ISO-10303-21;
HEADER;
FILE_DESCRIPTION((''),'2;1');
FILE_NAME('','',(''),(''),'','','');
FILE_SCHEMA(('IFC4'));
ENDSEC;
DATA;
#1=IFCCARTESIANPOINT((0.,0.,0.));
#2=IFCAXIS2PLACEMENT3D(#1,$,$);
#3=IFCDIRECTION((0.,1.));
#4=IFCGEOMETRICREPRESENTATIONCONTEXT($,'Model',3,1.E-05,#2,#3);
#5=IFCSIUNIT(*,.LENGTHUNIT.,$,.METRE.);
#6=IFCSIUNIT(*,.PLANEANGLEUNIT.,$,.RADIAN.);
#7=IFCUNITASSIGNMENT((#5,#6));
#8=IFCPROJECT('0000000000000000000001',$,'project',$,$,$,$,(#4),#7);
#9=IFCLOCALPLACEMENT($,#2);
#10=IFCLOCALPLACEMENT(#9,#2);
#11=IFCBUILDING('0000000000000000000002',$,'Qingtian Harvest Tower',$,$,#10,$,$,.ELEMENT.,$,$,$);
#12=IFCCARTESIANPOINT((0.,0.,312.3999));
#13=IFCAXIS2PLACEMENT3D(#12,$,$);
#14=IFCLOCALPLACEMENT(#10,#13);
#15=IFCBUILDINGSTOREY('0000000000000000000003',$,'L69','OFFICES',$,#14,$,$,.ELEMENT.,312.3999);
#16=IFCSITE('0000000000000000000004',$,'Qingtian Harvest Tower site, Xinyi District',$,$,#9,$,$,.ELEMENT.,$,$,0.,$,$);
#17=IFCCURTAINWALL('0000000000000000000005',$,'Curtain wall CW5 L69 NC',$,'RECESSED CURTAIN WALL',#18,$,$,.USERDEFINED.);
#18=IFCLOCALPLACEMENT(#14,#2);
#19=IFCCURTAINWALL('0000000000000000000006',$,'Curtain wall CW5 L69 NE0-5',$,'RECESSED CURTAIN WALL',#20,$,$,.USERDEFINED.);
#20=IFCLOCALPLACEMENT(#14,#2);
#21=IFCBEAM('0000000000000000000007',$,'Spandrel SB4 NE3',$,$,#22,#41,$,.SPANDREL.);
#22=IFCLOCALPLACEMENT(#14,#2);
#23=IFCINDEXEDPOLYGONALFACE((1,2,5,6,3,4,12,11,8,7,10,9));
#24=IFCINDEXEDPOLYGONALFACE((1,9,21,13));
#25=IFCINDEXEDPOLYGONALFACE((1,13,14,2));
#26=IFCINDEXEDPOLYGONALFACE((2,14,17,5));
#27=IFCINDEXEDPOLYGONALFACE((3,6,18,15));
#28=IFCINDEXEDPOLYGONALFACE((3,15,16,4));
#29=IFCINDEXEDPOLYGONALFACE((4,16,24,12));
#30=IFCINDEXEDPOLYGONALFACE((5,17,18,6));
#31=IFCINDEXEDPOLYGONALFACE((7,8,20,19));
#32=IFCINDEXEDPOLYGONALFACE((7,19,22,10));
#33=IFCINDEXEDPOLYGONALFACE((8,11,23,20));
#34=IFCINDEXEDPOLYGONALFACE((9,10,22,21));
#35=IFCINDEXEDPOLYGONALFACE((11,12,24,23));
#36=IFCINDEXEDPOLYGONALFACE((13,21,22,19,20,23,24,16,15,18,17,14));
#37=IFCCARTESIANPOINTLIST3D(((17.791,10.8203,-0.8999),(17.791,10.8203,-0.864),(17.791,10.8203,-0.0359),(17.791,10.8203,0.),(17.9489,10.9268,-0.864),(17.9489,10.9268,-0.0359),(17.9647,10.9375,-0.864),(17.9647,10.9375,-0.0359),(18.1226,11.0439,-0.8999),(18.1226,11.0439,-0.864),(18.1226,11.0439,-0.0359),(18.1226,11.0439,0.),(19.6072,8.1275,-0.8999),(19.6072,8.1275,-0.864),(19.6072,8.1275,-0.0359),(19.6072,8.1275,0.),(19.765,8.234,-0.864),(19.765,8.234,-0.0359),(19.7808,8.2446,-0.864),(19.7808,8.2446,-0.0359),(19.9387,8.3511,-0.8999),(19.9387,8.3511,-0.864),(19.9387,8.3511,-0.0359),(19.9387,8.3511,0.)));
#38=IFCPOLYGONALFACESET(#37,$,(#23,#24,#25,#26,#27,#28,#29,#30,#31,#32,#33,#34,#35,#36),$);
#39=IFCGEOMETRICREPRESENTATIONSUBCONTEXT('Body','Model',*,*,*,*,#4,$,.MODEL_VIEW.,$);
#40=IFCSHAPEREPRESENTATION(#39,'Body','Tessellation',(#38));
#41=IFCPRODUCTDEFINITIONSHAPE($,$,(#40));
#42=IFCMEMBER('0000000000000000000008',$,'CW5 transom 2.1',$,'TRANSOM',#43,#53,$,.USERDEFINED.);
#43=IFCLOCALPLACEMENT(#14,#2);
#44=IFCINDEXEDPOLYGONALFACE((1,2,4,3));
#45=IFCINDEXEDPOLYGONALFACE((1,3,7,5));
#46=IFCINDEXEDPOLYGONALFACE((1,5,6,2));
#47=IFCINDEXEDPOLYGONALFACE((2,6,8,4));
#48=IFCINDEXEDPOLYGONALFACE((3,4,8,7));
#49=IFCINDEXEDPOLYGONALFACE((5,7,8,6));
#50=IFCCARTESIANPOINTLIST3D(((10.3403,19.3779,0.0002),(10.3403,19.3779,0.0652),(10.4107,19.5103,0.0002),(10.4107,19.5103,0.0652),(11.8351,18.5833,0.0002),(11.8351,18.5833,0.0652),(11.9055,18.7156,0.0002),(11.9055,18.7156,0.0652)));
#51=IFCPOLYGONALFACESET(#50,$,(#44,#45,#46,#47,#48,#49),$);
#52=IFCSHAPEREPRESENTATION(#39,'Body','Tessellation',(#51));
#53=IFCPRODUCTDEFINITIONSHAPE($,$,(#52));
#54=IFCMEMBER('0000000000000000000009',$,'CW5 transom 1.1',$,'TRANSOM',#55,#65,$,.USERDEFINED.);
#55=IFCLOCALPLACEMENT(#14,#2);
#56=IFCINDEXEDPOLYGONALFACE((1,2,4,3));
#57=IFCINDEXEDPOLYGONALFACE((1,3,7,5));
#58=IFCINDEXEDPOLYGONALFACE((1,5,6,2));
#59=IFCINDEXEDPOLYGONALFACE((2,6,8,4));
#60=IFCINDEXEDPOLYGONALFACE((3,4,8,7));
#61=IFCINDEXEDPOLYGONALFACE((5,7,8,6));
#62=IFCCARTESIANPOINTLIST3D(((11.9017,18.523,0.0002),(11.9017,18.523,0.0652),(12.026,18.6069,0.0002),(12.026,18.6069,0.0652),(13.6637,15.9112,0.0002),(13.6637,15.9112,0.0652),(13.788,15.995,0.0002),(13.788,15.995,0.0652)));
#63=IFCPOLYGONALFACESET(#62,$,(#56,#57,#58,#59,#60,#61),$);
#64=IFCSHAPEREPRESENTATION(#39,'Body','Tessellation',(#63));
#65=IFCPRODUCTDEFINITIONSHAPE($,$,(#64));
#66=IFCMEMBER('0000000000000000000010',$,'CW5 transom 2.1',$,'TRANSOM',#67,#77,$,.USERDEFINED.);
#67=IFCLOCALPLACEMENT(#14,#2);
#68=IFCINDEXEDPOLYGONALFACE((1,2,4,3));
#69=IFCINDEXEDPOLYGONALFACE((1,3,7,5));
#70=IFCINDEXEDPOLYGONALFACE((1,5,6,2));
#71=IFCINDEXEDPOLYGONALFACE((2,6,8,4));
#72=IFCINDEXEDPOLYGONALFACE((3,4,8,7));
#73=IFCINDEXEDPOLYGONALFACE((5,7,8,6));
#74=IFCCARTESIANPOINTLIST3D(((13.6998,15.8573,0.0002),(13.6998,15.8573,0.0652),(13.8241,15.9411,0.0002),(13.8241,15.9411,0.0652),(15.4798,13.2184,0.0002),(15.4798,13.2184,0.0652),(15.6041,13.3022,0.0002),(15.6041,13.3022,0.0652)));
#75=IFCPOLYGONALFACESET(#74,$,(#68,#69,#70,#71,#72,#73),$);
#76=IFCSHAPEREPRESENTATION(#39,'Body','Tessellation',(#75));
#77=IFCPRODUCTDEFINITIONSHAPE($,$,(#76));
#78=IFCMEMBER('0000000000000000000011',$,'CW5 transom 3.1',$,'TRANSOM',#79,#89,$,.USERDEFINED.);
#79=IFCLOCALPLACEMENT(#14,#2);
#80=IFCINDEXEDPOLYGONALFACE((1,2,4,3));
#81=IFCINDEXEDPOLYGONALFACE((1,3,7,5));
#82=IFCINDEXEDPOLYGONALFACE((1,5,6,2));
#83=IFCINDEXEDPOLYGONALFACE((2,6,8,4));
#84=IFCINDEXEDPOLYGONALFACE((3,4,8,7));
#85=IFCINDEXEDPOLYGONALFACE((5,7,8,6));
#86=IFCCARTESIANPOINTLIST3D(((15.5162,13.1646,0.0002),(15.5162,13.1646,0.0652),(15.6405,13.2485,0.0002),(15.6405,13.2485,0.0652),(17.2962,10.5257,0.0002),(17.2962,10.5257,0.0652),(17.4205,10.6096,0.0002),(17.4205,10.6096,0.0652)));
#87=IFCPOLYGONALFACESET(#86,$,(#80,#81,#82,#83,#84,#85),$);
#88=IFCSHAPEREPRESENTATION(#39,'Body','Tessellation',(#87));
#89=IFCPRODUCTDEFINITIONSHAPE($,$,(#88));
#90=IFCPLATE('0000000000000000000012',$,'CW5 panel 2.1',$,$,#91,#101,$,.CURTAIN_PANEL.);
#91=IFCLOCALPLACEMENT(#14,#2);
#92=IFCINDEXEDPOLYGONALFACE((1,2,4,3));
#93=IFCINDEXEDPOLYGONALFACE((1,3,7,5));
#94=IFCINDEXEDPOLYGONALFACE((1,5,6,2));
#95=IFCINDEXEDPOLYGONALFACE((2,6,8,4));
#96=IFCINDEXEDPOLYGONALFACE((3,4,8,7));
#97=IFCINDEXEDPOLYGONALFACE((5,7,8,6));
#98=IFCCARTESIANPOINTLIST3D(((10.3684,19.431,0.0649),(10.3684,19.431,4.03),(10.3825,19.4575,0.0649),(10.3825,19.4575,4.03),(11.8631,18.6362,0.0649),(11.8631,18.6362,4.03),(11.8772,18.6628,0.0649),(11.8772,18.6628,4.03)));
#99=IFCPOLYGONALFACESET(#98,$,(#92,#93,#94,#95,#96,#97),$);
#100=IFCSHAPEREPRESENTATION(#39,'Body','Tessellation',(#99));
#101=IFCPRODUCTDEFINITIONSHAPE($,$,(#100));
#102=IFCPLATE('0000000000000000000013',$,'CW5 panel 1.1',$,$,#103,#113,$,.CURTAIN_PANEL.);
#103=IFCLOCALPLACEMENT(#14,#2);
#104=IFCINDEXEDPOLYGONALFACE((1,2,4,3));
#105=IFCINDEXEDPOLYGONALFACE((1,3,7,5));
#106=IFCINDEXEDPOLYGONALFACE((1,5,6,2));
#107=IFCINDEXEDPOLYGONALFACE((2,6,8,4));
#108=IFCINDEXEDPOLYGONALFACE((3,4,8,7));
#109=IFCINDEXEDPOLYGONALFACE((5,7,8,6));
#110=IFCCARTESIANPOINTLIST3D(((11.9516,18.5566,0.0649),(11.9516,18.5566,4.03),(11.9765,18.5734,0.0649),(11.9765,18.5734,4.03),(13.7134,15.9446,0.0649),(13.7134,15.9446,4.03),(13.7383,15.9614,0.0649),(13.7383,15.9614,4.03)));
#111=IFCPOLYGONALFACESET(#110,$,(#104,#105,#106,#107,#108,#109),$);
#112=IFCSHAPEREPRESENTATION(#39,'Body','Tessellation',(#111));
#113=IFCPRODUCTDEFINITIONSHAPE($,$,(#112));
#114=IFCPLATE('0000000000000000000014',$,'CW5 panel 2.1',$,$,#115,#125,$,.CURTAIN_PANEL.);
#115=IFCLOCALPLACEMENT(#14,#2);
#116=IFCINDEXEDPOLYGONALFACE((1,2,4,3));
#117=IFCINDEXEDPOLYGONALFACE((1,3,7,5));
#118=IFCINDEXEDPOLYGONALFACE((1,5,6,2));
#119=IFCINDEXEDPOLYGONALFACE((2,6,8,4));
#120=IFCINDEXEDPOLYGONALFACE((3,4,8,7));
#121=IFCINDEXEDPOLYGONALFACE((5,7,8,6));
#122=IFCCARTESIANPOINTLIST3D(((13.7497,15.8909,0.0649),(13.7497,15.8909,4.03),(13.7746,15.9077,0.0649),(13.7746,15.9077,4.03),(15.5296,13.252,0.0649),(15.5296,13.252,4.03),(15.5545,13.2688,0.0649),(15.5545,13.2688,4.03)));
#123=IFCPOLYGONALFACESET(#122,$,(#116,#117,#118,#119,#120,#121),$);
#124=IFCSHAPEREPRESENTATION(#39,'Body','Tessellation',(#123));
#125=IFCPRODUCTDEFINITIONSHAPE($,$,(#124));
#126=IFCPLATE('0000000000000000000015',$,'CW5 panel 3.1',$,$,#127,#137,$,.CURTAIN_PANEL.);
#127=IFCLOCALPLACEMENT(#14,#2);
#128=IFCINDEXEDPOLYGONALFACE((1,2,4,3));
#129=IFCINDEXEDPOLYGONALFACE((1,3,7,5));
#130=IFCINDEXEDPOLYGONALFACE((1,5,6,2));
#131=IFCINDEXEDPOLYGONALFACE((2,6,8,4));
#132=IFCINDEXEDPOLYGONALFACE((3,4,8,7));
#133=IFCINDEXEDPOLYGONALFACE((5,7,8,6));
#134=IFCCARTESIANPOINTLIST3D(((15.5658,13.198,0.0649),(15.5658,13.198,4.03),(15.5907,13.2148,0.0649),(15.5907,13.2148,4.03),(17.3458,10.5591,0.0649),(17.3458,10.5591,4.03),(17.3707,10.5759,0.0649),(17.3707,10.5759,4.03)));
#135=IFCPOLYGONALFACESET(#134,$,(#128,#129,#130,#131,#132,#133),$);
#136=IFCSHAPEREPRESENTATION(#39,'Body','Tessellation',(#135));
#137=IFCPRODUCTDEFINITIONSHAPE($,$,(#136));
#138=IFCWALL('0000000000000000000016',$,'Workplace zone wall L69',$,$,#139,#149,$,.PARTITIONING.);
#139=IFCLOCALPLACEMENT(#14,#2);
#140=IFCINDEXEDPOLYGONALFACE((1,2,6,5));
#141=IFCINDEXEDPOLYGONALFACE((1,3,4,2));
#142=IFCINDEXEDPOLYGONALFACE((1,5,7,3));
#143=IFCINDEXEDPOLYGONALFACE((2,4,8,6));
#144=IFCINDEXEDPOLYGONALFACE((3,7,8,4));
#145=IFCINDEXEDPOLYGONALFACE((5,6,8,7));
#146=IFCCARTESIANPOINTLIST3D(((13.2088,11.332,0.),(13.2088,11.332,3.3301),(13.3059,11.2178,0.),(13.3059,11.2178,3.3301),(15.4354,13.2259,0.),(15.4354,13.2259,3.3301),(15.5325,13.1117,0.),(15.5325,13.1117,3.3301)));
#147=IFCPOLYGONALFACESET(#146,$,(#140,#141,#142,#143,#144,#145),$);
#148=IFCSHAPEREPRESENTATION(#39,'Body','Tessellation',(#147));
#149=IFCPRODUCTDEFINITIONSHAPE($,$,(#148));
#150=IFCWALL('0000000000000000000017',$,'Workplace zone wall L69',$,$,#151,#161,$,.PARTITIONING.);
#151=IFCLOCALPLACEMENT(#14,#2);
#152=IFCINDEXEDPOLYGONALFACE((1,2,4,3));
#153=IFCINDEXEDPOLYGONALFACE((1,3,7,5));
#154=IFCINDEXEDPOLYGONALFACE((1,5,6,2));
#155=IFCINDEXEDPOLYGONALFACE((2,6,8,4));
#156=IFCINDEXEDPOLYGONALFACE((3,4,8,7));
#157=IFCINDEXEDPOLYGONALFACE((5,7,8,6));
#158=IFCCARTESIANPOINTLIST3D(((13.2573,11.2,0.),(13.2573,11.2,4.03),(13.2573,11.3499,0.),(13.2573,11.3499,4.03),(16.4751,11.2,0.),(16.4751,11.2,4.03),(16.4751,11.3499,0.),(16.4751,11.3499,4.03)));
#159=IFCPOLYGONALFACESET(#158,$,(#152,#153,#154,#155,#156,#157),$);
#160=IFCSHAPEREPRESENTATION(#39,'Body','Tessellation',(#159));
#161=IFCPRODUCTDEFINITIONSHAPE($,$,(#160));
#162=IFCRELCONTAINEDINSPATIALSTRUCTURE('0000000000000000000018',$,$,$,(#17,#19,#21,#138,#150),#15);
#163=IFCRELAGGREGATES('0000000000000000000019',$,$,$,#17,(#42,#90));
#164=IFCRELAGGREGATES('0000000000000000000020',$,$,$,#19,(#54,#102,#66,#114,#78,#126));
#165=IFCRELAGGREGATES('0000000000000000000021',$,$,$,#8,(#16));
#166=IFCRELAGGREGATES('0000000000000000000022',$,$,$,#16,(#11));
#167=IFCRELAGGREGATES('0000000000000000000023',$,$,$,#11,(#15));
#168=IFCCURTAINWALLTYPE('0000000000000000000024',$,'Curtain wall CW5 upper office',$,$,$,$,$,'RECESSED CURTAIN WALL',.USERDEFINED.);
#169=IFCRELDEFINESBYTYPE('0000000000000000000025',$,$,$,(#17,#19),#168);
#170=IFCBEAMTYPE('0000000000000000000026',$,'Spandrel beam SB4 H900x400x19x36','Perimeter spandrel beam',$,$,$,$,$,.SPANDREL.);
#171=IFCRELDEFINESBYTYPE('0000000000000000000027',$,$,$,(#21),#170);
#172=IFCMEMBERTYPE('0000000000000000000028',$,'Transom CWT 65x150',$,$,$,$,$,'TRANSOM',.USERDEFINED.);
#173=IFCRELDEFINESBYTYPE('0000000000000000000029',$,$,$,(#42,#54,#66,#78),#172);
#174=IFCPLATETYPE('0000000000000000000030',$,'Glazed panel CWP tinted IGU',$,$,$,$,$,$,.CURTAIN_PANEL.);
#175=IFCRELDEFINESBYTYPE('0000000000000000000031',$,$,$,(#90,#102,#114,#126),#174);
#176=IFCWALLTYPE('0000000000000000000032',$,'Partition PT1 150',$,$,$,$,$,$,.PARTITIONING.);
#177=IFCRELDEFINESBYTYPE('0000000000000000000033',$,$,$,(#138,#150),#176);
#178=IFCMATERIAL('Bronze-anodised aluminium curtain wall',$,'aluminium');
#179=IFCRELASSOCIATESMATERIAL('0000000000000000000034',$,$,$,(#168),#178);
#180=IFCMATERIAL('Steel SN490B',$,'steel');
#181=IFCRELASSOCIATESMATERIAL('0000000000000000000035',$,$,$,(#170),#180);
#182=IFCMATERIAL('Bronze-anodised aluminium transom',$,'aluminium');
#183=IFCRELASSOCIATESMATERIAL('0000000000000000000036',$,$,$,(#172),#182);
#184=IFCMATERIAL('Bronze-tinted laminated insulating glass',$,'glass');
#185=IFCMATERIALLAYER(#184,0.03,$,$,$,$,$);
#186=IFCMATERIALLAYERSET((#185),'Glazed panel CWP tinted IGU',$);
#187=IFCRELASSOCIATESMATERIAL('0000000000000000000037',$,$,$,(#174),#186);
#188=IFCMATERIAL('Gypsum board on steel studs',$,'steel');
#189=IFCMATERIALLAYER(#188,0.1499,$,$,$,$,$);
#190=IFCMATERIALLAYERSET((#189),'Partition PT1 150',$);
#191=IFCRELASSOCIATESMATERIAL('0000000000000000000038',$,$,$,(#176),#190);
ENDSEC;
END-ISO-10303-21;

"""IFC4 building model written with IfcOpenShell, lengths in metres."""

from ifc_helpers import new_model, si_unit, direction, frame, frame_2d, origin, origin_2d, place, context, subcontext, project, spatial, rectangle, i_section, extrude, material, layer, layer_set, material_profile, profile_set, type_object, element, aggregate, save


model = new_model("IFC4")

# Units and contexts
model_context = context("Model", 3, precision=1e-05, world=origin(), true_north=direction((0.0, 1.0)))
body_context = subcontext(model_context, "Body", "Model", "MODEL_VIEW")
ifc_project = project(units=[si_unit("LENGTHUNIT", "METRE"), si_unit("PLANEANGLEUNIT", "RADIAN")], contexts=[model_context])

# Site, building, storey
site_placement = place(None, origin())
site = spatial("IfcSite", under=ifc_project, at=site_placement, Name="Qingtian Harvest Tower site, Xinyi District", CompositionType="ELEMENT", RefElevation=0.0)
building_placement = place(site_placement, origin())
building = spatial("IfcBuilding", under=site, at=building_placement, Name="Qingtian Harvest Tower", CompositionType="ELEMENT")
storey_placement = place(building_placement, frame((0.0, 0.0, 312.3999)))
storey = spatial("IfcBuildingStorey", under=building, at=storey_placement, Name="L69", Description="OFFICES", CompositionType="ELEMENT", Elevation=312.3999)

# Curtain walls
ifc_material_1 = material(Name="Bronze-anodised aluminium curtain wall", Category="aluminium")
curtain_wall_type = type_object("IfcCurtainWallType", Name="Curtain wall CW5 upper office", ElementType="RECESSED CURTAIN WALL", PredefinedType="USERDEFINED", material=ifc_material_1)
curtain_wall_1_placement = place(storey_placement, origin())
curtain_wall_1 = element("IfcCurtainWall", 1, at=curtain_wall_1_placement, inside=storey, type_object=curtain_wall_type, Name="Curtain wall CW5 L69 NC", ObjectType="RECESSED CURTAIN WALL", PredefinedType="USERDEFINED")
curtain_wall_2_placement = place(storey_placement, origin())
curtain_wall_2 = element("IfcCurtainWall", 2, at=curtain_wall_2_placement, inside=storey, type_object=curtain_wall_type, Name="Curtain wall CW5 L69 NE0-5", ObjectType="RECESSED CURTAIN WALL", PredefinedType="USERDEFINED")

# Beam
ifc_material_2 = material(Name="Steel SN490B", Category="steel")
ifc_material_profile_1 = material_profile(ifc_material_2, i_section(OverallWidth=0.3999, OverallDepth=0.8999, WebThickness=0.019, FlangeThickness=0.0359, at=origin_2d()), Name="H900x400x19x36")
ifc_profile_set_1 = profile_set([ifc_material_profile_1], Name="Steel SN490B")
beam_type_1 = type_object("IfcBeamType", Name="Spandrel beam SB4 H900x400x19x36", Description="Perimeter spandrel beam", PredefinedType="SPANDREL", material=ifc_profile_set_1)
beam_1_placement = place(storey_placement, frame((17.9568, 10.9321, -0.45), z_axis=(0.55915, -0.829066, 0.0), x_axis=(0.829066, 0.55915, 0.0)))
element("IfcBeam", 3, at=beam_1_placement, inside=storey, type_object=beam_type_1, Name="Spandrel SB4 NE3", PredefinedType="SPANDREL", context=body_context, shape_type="SweptSolid", body=[
    extrude(i_section(OverallWidth=0.3999, OverallDepth=0.8999, WebThickness=0.019, FlangeThickness=0.0359, at=origin_2d()), origin(), (0.0, 0.0, 1.0), 3.248),
])

# Members
ifc_material_3 = material(Name="Bronze-anodised aluminium transom", Category="aluminium")
ifc_material_profile_2 = material_profile(ifc_material_3, rectangle(XDim=0.1499, YDim=0.0649, at=origin_2d()), Name="AL 65x150")
ifc_profile_set_2 = profile_set([ifc_material_profile_2], Name="Bronze-anodised aluminium transom")
member_type_1 = type_object("IfcMemberType", Name="Transom CWT 65x150", ElementType="TRANSOM", PredefinedType="USERDEFINED", material=ifc_profile_set_2)
member_1_placement = place(storey_placement, frame((10.3755, 19.4441, 0.0327), z_axis=(0.882987, -0.469398, 0.0), x_axis=(0.469398, 0.882987, 0.0)))
member_1 = element("IfcMember", 4, at=member_1_placement, type_object=member_type_1, Name="CW5 transom 2.1", ObjectType="TRANSOM", PredefinedType="USERDEFINED", context=body_context, shape_type="SweptSolid", body=[
    extrude(rectangle(XDim=0.1499, YDim=0.0649, at=origin_2d()), origin(), (0.0, 0.0, 1.0), 1.6929),
])
member_2_placement = place(storey_placement, frame((11.9639, 18.5649, 0.0327), z_axis=(0.559252, -0.828998, 0.0), x_axis=(0.828998, 0.559252, 0.0)))
member_2 = element("IfcMember", 5, at=member_2_placement, type_object=member_type_1, Name="CW5 transom 1.1", ObjectType="TRANSOM", PredefinedType="USERDEFINED", context=body_context, shape_type="SweptSolid", body=[
    extrude(rectangle(XDim=0.1499, YDim=0.0649, at=origin_2d()), origin(), (0.0, 0.0, 1.0), 3.1506),
])
member_3_placement = place(storey_placement, frame((13.762, 15.8992, 0.0327), z_axis=(0.559205, -0.829029, 0.0), x_axis=(0.829029, 0.559205, 0.0)))
member_3 = element("IfcMember", 6, at=member_3_placement, type_object=member_type_1, Name="CW5 transom 2.1", ObjectType="TRANSOM", PredefinedType="USERDEFINED", context=body_context, shape_type="SweptSolid", body=[
    extrude(rectangle(XDim=0.1499, YDim=0.0649, at=origin_2d()), origin(), (0.0, 0.0, 1.0), 3.1831),
])
member_4_placement = place(storey_placement, frame((15.5784, 13.2065, 0.0327), z_axis=(0.559205, -0.829029, 0.0), x_axis=(0.829029, 0.559205, 0.0)))
member_4 = element("IfcMember", 7, at=member_4_placement, type_object=member_type_1, Name="CW5 transom 3.1", ObjectType="TRANSOM", PredefinedType="USERDEFINED", context=body_context, shape_type="SweptSolid", body=[
    extrude(rectangle(XDim=0.1499, YDim=0.0649, at=origin_2d()), origin(), (0.0, 0.0, 1.0), 3.1831),
])

# Plates
ifc_material_4 = material(Name="Bronze-tinted laminated insulating glass", Category="glass")
ifc_layer_1 = layer(ifc_material_4, 0.03)
ifc_layer_set_1 = layer_set([ifc_layer_1], Name="Glazed panel CWP tinted IGU")
plate_type = type_object("IfcPlateType", Name="Glazed panel CWP tinted IGU", PredefinedType="CURTAIN_PANEL", material=ifc_layer_set_1)
plate_1_placement = place(storey_placement, frame((11.1228, 19.0469, 0.0649), z_axis=(0.0, 0.0, 1.0), x_axis=(0.882948, -0.469472, 0.0)))
plate_1 = element("IfcPlate", 8, at=plate_1_placement, type_object=plate_type, Name="CW5 panel 2.1", PredefinedType="CURTAIN_PANEL", context=body_context, shape_type="SweptSolid", body=[
    extrude(rectangle(XDim=1.6929, YDim=0.03, at=origin_2d()), origin(), (0.0, 0.0, 1.0), 3.9651),
])
aggregate(curtain_wall_1, [member_1, plate_1])
plate_2_placement = place(storey_placement, frame((12.845, 17.259, 0.0649), z_axis=(0.0, 0.0, 1.0), x_axis=(0.559193, -0.829038, 0.0)))
plate_2 = element("IfcPlate", 9, at=plate_2_placement, type_object=plate_type, Name="CW5 panel 1.1", PredefinedType="CURTAIN_PANEL", context=body_context, shape_type="SweptSolid", body=[
    extrude(rectangle(XDim=3.1506, YDim=0.03, at=origin_2d()), origin(), (0.0, 0.0, 1.0), 3.9651),
])
plate_3_placement = place(storey_placement, frame((14.6521, 14.5798, 0.0649), z_axis=(0.0, 0.0, 1.0), x_axis=(0.559193, -0.829038, 0.0)))
plate_3 = element("IfcPlate", 10, at=plate_3_placement, type_object=plate_type, Name="CW5 panel 2.1", PredefinedType="CURTAIN_PANEL", context=body_context, shape_type="SweptSolid", body=[
    extrude(rectangle(XDim=3.1831, YDim=0.03, at=origin_2d()), origin(), (0.0, 0.0, 1.0), 3.9651),
])
plate_4_placement = place(storey_placement, frame((16.4683, 11.887, 0.0649), z_axis=(0.0, 0.0, 1.0), x_axis=(0.559193, -0.829038, 0.0)))
plate_4 = element("IfcPlate", 11, at=plate_4_placement, type_object=plate_type, Name="CW5 panel 3.1", PredefinedType="CURTAIN_PANEL", context=body_context, shape_type="SweptSolid", body=[
    extrude(rectangle(XDim=3.1831, YDim=0.03, at=origin_2d()), origin(), (0.0, 0.0, 1.0), 3.9651),
])
aggregate(curtain_wall_2, [member_2, plate_2, member_3, plate_3, member_4, plate_4])

# Walls
ifc_material_5 = material(Name="Gypsum board on steel studs", Category="steel")
ifc_layer_2 = layer(ifc_material_5, 0.1499)
ifc_layer_set_2 = layer_set([ifc_layer_2], Name="Partition PT1 150")
wall_type = type_object("IfcWallType", Name="Partition PT1 150", PredefinedType="PARTITIONING", material=ifc_layer_set_2)
wall_1_placement = place(storey_placement, frame((15.4839, 13.1687, 0.0), z_axis=(0.0, 0.0, 1.0), x_axis=(-0.761733, -0.647891, 0.0)))
element("IfcWall", 12, at=wall_1_placement, inside=storey, type_object=wall_type, Name="Workplace zone wall L69", PredefinedType="PARTITIONING", context=body_context, shape_type="SweptSolid", body=[
    extrude(rectangle(XDim=2.9231, YDim=0.1499, at=frame_2d((1.4614, 0.0))), origin(), (0.0, 0.0, 1.0), 3.3301),
])
wall_2_placement = place(storey_placement, frame((13.2573, 11.2749, 0.0), z_axis=(0.0, 0.0, 1.0), x_axis=(1.0, 0.0, 0.0)))
element("IfcWall", 13, at=wall_2_placement, inside=storey, type_object=wall_type, Name="Workplace zone wall L69", PredefinedType="PARTITIONING", context=body_context, shape_type="SweptSolid", body=[
    extrude(rectangle(XDim=3.2178, YDim=0.1499, at=frame_2d((1.6089, 0.0))), origin(), (0.0, 0.0, 1.0), 4.03),
])

save(model, "model.ifc")
